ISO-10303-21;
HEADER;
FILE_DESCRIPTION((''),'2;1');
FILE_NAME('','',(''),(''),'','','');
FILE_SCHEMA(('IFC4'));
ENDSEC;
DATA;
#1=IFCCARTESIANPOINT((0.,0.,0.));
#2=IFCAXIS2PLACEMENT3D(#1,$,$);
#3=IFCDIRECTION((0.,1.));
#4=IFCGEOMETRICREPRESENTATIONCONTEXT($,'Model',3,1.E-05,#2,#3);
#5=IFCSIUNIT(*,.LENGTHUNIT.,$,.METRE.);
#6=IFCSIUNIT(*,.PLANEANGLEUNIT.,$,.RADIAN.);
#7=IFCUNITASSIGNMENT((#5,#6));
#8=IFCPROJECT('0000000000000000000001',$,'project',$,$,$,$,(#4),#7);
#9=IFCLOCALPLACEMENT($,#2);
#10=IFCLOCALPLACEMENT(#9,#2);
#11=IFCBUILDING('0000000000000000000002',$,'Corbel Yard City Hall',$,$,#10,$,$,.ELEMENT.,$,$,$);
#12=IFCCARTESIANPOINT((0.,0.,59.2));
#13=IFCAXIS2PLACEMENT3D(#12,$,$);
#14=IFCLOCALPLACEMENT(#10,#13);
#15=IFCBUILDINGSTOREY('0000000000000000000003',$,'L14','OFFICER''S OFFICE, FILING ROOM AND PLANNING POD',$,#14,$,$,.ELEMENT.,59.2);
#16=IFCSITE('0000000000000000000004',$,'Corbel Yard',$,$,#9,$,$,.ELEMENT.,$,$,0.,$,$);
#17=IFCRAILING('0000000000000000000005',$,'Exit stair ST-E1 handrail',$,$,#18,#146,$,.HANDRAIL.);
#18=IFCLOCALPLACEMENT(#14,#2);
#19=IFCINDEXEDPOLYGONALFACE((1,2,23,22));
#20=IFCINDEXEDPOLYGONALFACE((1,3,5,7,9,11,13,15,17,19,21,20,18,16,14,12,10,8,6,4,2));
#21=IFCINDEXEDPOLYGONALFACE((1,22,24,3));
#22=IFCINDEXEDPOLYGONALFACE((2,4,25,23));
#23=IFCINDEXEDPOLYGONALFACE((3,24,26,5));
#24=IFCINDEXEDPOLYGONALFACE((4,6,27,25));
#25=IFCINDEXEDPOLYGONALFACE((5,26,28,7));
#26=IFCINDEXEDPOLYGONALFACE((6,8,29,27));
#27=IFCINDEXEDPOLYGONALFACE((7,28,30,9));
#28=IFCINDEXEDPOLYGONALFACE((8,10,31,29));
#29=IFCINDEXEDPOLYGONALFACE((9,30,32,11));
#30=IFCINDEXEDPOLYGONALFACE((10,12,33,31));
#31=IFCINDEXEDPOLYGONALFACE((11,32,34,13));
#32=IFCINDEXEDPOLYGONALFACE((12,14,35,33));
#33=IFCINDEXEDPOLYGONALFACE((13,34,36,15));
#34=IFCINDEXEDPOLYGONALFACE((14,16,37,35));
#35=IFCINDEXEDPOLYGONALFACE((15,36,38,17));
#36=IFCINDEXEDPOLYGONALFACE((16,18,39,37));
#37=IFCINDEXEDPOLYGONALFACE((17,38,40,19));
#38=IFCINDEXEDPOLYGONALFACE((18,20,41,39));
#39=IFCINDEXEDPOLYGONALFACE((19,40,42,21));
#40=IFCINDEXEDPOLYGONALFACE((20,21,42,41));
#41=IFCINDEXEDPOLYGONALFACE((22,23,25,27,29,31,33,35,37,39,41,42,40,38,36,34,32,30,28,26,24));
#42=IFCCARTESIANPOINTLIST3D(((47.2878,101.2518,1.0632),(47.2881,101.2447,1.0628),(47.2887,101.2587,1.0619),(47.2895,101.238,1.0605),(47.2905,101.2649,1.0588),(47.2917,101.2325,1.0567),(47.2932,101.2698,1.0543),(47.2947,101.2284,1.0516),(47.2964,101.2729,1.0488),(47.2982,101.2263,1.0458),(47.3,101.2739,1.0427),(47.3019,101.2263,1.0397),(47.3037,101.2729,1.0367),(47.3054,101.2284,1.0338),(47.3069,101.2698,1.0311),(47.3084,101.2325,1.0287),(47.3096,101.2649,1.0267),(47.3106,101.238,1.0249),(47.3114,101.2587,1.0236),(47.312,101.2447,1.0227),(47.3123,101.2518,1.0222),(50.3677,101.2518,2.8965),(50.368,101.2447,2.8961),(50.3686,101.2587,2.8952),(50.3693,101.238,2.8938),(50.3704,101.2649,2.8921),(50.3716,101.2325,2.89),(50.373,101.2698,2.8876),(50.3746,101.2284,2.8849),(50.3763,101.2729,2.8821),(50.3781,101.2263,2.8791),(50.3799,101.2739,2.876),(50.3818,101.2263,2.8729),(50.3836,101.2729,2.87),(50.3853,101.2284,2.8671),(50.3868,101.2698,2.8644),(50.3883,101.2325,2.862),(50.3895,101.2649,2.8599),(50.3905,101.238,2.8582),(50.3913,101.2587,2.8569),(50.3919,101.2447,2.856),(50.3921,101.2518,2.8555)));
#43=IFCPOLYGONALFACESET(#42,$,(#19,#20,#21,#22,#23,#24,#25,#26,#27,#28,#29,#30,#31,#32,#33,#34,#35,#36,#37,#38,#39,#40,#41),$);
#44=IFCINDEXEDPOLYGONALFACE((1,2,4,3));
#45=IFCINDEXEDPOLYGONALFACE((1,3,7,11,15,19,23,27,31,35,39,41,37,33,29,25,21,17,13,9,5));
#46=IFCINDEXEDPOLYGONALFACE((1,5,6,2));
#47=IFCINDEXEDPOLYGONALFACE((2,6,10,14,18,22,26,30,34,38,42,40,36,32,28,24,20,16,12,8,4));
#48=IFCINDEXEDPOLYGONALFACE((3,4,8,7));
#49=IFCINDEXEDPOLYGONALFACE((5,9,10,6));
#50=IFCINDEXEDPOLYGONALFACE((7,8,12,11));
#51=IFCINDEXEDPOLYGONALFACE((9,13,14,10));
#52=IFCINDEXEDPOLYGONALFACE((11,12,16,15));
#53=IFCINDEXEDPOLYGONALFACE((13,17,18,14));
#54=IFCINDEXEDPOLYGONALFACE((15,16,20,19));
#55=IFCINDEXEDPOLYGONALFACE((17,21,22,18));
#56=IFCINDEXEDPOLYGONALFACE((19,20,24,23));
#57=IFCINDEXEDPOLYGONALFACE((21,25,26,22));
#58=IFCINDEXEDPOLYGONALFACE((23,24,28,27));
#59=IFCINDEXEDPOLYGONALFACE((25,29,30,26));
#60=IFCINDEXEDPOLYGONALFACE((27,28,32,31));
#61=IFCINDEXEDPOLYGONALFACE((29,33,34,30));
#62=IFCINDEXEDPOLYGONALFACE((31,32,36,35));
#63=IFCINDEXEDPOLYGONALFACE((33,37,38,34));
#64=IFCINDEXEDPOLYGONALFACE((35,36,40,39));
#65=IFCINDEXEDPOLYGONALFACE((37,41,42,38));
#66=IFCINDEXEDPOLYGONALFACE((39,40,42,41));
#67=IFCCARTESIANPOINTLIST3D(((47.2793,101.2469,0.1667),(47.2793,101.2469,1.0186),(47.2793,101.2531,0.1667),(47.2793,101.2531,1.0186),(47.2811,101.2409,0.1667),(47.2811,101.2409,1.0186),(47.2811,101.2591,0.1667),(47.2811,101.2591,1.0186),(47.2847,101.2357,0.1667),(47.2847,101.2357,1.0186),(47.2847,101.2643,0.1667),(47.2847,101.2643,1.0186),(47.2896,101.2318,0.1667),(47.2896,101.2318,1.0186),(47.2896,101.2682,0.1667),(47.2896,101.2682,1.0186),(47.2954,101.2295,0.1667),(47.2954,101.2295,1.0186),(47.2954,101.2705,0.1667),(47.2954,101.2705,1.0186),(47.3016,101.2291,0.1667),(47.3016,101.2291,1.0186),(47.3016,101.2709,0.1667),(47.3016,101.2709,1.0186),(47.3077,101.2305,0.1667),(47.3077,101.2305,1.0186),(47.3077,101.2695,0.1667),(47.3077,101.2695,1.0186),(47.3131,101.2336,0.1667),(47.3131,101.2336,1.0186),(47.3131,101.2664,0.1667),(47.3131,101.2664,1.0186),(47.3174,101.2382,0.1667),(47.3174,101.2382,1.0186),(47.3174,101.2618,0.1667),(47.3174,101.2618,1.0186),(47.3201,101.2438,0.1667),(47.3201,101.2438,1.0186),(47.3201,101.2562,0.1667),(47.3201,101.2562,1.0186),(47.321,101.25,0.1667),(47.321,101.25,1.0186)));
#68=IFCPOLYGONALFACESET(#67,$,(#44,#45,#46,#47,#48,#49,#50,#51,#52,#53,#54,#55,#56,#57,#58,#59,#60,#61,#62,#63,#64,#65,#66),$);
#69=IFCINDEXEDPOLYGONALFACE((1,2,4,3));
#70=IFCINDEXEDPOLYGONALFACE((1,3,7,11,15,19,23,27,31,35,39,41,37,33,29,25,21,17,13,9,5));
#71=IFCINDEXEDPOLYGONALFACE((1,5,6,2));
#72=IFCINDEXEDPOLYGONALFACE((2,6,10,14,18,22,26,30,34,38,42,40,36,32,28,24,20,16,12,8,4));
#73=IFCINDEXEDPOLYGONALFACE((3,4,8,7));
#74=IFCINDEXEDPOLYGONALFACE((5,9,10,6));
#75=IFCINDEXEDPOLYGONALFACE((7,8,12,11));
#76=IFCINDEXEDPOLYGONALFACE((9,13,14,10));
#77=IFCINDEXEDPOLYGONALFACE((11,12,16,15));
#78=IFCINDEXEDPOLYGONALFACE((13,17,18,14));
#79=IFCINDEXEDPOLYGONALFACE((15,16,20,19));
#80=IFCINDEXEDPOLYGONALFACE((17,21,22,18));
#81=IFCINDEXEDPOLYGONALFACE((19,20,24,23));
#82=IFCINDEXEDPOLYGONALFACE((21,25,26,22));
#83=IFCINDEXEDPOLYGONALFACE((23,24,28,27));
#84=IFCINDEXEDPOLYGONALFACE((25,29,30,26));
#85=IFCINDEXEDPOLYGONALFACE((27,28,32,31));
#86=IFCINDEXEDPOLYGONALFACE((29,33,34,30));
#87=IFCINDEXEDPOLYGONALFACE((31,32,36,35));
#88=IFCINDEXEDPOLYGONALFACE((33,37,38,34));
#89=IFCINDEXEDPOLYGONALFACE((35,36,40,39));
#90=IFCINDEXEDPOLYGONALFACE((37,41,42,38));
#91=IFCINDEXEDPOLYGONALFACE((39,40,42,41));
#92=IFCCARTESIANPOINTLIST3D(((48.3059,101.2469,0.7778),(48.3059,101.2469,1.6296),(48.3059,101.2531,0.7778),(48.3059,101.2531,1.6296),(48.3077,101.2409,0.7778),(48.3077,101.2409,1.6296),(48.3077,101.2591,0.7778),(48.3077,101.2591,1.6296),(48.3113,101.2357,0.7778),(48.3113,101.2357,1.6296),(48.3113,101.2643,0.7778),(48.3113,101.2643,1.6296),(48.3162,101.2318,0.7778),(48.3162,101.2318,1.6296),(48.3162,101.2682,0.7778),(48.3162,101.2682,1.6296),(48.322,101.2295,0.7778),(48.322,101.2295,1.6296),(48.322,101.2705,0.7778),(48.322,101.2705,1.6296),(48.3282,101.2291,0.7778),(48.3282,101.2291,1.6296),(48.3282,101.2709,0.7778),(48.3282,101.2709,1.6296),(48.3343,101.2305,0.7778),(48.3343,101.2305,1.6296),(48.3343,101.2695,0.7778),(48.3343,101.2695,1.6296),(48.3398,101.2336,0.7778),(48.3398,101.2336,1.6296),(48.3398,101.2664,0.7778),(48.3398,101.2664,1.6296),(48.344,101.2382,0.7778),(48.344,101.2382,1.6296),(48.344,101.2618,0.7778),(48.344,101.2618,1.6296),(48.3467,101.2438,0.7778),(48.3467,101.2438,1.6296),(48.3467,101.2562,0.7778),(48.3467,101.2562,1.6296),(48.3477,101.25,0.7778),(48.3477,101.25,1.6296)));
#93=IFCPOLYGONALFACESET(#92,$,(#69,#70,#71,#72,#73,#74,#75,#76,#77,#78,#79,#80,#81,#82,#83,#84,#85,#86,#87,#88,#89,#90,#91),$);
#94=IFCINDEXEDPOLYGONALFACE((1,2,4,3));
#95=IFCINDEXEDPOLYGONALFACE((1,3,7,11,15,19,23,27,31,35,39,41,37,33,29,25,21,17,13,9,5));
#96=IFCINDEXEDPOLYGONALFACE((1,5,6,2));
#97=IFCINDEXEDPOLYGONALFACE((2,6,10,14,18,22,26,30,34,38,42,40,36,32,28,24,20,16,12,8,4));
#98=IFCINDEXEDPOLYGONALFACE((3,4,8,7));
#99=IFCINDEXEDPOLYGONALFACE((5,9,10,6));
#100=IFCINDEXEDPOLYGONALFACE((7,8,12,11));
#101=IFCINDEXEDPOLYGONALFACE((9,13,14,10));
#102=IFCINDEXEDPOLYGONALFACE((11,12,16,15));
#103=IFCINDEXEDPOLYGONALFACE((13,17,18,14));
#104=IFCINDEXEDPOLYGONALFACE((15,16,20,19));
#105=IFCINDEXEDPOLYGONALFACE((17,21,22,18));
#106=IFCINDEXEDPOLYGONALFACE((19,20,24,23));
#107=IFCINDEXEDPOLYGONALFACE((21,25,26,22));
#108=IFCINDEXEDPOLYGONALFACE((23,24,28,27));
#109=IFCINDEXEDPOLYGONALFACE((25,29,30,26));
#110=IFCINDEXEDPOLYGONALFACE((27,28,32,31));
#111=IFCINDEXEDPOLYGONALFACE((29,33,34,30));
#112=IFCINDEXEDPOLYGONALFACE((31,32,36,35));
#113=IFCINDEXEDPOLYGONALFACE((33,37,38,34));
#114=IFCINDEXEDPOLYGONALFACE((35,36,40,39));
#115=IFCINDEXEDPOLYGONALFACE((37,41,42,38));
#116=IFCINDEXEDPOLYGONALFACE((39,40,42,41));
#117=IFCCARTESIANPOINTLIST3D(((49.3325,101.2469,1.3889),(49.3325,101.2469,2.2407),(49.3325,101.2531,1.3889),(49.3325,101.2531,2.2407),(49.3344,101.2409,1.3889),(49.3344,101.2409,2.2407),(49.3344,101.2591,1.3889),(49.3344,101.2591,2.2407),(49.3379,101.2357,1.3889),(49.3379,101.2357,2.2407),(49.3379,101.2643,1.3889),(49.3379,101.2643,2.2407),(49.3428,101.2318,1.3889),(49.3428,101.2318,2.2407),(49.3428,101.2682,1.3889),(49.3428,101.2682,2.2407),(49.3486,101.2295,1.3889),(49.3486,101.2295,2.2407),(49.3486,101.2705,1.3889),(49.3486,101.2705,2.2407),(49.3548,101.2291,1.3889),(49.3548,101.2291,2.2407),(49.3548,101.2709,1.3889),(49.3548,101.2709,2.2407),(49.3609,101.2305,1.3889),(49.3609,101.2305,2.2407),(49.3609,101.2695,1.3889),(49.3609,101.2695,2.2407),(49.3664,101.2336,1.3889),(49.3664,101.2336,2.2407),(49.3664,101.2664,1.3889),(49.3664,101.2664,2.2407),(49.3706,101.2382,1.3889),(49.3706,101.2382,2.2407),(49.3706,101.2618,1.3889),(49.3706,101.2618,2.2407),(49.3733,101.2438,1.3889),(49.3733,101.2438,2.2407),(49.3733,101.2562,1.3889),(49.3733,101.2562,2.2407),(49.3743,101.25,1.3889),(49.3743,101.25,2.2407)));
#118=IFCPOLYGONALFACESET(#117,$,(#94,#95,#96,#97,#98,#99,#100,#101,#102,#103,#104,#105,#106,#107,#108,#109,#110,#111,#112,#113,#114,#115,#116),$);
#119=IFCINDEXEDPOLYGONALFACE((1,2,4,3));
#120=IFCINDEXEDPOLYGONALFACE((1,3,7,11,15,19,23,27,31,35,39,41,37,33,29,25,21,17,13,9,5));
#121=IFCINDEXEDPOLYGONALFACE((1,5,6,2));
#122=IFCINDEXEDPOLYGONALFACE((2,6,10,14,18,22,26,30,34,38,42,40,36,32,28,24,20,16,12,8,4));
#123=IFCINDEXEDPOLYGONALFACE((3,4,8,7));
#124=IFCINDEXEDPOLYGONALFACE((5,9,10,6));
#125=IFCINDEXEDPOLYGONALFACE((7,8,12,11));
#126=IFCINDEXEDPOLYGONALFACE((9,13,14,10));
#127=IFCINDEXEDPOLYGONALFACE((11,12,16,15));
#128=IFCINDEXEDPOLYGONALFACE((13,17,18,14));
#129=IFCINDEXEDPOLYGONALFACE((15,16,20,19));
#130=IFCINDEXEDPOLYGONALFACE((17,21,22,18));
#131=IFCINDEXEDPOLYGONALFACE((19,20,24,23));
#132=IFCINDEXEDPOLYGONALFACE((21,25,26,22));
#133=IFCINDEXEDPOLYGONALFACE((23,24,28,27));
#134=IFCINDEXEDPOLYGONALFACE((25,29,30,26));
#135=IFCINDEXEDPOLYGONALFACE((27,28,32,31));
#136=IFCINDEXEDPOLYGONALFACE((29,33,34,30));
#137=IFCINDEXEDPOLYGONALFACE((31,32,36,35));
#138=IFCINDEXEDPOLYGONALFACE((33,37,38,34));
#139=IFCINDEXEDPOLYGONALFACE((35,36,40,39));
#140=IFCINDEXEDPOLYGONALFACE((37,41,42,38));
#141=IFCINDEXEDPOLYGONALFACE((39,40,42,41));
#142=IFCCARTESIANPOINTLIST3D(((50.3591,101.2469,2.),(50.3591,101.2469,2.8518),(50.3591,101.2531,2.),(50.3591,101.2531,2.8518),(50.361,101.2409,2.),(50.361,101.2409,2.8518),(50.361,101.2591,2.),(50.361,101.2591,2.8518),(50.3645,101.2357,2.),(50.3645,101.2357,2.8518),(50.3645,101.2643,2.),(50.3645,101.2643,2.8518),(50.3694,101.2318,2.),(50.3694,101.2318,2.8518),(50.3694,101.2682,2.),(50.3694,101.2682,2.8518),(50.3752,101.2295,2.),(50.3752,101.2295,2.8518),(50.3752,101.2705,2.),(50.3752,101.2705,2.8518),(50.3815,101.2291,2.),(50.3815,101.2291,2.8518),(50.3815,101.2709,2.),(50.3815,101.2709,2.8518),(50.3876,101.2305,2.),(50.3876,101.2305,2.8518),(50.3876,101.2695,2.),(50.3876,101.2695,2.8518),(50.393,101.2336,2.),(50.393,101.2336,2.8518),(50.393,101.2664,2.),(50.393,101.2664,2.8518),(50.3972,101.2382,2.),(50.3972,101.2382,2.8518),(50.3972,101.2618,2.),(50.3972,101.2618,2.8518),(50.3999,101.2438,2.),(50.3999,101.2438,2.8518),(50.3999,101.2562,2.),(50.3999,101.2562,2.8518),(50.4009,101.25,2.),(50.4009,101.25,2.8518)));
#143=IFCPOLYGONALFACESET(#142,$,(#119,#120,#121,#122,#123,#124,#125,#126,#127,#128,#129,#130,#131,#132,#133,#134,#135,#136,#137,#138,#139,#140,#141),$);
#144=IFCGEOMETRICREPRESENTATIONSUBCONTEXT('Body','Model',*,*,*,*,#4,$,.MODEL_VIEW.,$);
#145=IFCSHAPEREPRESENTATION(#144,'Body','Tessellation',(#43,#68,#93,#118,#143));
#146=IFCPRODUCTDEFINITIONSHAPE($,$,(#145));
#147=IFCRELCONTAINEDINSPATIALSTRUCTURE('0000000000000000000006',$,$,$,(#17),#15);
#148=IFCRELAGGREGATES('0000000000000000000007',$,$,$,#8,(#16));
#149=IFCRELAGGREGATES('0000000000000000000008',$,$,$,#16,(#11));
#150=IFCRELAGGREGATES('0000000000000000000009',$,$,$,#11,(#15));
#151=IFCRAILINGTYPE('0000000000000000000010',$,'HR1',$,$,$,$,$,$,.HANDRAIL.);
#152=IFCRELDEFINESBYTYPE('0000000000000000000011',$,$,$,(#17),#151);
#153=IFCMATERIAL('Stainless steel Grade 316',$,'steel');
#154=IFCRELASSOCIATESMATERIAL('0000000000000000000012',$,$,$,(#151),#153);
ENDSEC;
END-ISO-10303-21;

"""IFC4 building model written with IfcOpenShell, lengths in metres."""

from ifc_helpers import new_model, si_unit, direction, frame, origin, origin_2d, place, context, subcontext, project, spatial, circle, extrude, material, type_object, element, save


model = new_model("IFC4")

# Units and contexts
model_context = context("Model", 3, precision=1e-05, world=origin(), true_north=direction((0.0, 1.0)))
body_context = subcontext(model_context, "Body", "Model", "MODEL_VIEW")
ifc_project = project(units=[si_unit("LENGTHUNIT", "METRE"), si_unit("PLANEANGLEUNIT", "RADIAN")], contexts=[model_context])

# Site, building, storey
site_placement = place(None, origin())
site = spatial("IfcSite", under=ifc_project, at=site_placement, Name="Corbel Yard", CompositionType="ELEMENT", RefElevation=0.0)
building_placement = place(site_placement, origin())
building = spatial("IfcBuilding", under=site, at=building_placement, Name="Corbel Yard City Hall", CompositionType="ELEMENT")
storey_placement = place(building_placement, frame((0.0, 0.0, 59.2)))
storey = spatial("IfcBuildingStorey", under=building, at=storey_placement, Name="L14", Description="OFFICER'S OFFICE, FILING ROOM AND PLANNING POD", CompositionType="ELEMENT", Elevation=59.2)

# Railing
ifc_material_1 = material(Name="Stainless steel Grade 316", Category="steel")
railing_type = type_object("IfcRailingType", Name="HR1", PredefinedType="HANDRAIL", material=ifc_material_1)
for number, where, name in (
    (1, (47.3, 101.25, 0.1667), "Exit stair ST-E1 handrail"),
):
    element("IfcRailing", number, at=place(storey_placement, frame(where)), inside=storey, type_object=railing_type, Name=name, PredefinedType="HANDRAIL", context=body_context, shape_type="SweptSolid", body=[
        extrude(circle(Radius=0.0239, at=origin_2d()), frame((0.0, 0.0, 0.876), z_axis=(0.859291, 0.0, 0.511487), x_axis=(0.0, 1.0, 0.0)), (0.0, 0.0, 1.0), 3.5842),
        extrude(circle(Radius=0.021, at=origin_2d()), origin(), (0.0, 0.0, 1.0), 0.8518),
        extrude(circle(Radius=0.021, at=origin_2d()), frame((1.0266, 0.0, 0.6111)), (0.0, 0.0, 1.0), 0.8518),
        extrude(circle(Radius=0.021, at=origin_2d()), frame((2.0532, 0.0, 1.2222)), (0.0, 0.0, 1.0), 0.8518),
        extrude(circle(Radius=0.021, at=origin_2d()), frame((3.0798, 0.0, 1.8333)), (0.0, 0.0, 1.0), 0.8518),
    ])

save(model, "model.ifc")
